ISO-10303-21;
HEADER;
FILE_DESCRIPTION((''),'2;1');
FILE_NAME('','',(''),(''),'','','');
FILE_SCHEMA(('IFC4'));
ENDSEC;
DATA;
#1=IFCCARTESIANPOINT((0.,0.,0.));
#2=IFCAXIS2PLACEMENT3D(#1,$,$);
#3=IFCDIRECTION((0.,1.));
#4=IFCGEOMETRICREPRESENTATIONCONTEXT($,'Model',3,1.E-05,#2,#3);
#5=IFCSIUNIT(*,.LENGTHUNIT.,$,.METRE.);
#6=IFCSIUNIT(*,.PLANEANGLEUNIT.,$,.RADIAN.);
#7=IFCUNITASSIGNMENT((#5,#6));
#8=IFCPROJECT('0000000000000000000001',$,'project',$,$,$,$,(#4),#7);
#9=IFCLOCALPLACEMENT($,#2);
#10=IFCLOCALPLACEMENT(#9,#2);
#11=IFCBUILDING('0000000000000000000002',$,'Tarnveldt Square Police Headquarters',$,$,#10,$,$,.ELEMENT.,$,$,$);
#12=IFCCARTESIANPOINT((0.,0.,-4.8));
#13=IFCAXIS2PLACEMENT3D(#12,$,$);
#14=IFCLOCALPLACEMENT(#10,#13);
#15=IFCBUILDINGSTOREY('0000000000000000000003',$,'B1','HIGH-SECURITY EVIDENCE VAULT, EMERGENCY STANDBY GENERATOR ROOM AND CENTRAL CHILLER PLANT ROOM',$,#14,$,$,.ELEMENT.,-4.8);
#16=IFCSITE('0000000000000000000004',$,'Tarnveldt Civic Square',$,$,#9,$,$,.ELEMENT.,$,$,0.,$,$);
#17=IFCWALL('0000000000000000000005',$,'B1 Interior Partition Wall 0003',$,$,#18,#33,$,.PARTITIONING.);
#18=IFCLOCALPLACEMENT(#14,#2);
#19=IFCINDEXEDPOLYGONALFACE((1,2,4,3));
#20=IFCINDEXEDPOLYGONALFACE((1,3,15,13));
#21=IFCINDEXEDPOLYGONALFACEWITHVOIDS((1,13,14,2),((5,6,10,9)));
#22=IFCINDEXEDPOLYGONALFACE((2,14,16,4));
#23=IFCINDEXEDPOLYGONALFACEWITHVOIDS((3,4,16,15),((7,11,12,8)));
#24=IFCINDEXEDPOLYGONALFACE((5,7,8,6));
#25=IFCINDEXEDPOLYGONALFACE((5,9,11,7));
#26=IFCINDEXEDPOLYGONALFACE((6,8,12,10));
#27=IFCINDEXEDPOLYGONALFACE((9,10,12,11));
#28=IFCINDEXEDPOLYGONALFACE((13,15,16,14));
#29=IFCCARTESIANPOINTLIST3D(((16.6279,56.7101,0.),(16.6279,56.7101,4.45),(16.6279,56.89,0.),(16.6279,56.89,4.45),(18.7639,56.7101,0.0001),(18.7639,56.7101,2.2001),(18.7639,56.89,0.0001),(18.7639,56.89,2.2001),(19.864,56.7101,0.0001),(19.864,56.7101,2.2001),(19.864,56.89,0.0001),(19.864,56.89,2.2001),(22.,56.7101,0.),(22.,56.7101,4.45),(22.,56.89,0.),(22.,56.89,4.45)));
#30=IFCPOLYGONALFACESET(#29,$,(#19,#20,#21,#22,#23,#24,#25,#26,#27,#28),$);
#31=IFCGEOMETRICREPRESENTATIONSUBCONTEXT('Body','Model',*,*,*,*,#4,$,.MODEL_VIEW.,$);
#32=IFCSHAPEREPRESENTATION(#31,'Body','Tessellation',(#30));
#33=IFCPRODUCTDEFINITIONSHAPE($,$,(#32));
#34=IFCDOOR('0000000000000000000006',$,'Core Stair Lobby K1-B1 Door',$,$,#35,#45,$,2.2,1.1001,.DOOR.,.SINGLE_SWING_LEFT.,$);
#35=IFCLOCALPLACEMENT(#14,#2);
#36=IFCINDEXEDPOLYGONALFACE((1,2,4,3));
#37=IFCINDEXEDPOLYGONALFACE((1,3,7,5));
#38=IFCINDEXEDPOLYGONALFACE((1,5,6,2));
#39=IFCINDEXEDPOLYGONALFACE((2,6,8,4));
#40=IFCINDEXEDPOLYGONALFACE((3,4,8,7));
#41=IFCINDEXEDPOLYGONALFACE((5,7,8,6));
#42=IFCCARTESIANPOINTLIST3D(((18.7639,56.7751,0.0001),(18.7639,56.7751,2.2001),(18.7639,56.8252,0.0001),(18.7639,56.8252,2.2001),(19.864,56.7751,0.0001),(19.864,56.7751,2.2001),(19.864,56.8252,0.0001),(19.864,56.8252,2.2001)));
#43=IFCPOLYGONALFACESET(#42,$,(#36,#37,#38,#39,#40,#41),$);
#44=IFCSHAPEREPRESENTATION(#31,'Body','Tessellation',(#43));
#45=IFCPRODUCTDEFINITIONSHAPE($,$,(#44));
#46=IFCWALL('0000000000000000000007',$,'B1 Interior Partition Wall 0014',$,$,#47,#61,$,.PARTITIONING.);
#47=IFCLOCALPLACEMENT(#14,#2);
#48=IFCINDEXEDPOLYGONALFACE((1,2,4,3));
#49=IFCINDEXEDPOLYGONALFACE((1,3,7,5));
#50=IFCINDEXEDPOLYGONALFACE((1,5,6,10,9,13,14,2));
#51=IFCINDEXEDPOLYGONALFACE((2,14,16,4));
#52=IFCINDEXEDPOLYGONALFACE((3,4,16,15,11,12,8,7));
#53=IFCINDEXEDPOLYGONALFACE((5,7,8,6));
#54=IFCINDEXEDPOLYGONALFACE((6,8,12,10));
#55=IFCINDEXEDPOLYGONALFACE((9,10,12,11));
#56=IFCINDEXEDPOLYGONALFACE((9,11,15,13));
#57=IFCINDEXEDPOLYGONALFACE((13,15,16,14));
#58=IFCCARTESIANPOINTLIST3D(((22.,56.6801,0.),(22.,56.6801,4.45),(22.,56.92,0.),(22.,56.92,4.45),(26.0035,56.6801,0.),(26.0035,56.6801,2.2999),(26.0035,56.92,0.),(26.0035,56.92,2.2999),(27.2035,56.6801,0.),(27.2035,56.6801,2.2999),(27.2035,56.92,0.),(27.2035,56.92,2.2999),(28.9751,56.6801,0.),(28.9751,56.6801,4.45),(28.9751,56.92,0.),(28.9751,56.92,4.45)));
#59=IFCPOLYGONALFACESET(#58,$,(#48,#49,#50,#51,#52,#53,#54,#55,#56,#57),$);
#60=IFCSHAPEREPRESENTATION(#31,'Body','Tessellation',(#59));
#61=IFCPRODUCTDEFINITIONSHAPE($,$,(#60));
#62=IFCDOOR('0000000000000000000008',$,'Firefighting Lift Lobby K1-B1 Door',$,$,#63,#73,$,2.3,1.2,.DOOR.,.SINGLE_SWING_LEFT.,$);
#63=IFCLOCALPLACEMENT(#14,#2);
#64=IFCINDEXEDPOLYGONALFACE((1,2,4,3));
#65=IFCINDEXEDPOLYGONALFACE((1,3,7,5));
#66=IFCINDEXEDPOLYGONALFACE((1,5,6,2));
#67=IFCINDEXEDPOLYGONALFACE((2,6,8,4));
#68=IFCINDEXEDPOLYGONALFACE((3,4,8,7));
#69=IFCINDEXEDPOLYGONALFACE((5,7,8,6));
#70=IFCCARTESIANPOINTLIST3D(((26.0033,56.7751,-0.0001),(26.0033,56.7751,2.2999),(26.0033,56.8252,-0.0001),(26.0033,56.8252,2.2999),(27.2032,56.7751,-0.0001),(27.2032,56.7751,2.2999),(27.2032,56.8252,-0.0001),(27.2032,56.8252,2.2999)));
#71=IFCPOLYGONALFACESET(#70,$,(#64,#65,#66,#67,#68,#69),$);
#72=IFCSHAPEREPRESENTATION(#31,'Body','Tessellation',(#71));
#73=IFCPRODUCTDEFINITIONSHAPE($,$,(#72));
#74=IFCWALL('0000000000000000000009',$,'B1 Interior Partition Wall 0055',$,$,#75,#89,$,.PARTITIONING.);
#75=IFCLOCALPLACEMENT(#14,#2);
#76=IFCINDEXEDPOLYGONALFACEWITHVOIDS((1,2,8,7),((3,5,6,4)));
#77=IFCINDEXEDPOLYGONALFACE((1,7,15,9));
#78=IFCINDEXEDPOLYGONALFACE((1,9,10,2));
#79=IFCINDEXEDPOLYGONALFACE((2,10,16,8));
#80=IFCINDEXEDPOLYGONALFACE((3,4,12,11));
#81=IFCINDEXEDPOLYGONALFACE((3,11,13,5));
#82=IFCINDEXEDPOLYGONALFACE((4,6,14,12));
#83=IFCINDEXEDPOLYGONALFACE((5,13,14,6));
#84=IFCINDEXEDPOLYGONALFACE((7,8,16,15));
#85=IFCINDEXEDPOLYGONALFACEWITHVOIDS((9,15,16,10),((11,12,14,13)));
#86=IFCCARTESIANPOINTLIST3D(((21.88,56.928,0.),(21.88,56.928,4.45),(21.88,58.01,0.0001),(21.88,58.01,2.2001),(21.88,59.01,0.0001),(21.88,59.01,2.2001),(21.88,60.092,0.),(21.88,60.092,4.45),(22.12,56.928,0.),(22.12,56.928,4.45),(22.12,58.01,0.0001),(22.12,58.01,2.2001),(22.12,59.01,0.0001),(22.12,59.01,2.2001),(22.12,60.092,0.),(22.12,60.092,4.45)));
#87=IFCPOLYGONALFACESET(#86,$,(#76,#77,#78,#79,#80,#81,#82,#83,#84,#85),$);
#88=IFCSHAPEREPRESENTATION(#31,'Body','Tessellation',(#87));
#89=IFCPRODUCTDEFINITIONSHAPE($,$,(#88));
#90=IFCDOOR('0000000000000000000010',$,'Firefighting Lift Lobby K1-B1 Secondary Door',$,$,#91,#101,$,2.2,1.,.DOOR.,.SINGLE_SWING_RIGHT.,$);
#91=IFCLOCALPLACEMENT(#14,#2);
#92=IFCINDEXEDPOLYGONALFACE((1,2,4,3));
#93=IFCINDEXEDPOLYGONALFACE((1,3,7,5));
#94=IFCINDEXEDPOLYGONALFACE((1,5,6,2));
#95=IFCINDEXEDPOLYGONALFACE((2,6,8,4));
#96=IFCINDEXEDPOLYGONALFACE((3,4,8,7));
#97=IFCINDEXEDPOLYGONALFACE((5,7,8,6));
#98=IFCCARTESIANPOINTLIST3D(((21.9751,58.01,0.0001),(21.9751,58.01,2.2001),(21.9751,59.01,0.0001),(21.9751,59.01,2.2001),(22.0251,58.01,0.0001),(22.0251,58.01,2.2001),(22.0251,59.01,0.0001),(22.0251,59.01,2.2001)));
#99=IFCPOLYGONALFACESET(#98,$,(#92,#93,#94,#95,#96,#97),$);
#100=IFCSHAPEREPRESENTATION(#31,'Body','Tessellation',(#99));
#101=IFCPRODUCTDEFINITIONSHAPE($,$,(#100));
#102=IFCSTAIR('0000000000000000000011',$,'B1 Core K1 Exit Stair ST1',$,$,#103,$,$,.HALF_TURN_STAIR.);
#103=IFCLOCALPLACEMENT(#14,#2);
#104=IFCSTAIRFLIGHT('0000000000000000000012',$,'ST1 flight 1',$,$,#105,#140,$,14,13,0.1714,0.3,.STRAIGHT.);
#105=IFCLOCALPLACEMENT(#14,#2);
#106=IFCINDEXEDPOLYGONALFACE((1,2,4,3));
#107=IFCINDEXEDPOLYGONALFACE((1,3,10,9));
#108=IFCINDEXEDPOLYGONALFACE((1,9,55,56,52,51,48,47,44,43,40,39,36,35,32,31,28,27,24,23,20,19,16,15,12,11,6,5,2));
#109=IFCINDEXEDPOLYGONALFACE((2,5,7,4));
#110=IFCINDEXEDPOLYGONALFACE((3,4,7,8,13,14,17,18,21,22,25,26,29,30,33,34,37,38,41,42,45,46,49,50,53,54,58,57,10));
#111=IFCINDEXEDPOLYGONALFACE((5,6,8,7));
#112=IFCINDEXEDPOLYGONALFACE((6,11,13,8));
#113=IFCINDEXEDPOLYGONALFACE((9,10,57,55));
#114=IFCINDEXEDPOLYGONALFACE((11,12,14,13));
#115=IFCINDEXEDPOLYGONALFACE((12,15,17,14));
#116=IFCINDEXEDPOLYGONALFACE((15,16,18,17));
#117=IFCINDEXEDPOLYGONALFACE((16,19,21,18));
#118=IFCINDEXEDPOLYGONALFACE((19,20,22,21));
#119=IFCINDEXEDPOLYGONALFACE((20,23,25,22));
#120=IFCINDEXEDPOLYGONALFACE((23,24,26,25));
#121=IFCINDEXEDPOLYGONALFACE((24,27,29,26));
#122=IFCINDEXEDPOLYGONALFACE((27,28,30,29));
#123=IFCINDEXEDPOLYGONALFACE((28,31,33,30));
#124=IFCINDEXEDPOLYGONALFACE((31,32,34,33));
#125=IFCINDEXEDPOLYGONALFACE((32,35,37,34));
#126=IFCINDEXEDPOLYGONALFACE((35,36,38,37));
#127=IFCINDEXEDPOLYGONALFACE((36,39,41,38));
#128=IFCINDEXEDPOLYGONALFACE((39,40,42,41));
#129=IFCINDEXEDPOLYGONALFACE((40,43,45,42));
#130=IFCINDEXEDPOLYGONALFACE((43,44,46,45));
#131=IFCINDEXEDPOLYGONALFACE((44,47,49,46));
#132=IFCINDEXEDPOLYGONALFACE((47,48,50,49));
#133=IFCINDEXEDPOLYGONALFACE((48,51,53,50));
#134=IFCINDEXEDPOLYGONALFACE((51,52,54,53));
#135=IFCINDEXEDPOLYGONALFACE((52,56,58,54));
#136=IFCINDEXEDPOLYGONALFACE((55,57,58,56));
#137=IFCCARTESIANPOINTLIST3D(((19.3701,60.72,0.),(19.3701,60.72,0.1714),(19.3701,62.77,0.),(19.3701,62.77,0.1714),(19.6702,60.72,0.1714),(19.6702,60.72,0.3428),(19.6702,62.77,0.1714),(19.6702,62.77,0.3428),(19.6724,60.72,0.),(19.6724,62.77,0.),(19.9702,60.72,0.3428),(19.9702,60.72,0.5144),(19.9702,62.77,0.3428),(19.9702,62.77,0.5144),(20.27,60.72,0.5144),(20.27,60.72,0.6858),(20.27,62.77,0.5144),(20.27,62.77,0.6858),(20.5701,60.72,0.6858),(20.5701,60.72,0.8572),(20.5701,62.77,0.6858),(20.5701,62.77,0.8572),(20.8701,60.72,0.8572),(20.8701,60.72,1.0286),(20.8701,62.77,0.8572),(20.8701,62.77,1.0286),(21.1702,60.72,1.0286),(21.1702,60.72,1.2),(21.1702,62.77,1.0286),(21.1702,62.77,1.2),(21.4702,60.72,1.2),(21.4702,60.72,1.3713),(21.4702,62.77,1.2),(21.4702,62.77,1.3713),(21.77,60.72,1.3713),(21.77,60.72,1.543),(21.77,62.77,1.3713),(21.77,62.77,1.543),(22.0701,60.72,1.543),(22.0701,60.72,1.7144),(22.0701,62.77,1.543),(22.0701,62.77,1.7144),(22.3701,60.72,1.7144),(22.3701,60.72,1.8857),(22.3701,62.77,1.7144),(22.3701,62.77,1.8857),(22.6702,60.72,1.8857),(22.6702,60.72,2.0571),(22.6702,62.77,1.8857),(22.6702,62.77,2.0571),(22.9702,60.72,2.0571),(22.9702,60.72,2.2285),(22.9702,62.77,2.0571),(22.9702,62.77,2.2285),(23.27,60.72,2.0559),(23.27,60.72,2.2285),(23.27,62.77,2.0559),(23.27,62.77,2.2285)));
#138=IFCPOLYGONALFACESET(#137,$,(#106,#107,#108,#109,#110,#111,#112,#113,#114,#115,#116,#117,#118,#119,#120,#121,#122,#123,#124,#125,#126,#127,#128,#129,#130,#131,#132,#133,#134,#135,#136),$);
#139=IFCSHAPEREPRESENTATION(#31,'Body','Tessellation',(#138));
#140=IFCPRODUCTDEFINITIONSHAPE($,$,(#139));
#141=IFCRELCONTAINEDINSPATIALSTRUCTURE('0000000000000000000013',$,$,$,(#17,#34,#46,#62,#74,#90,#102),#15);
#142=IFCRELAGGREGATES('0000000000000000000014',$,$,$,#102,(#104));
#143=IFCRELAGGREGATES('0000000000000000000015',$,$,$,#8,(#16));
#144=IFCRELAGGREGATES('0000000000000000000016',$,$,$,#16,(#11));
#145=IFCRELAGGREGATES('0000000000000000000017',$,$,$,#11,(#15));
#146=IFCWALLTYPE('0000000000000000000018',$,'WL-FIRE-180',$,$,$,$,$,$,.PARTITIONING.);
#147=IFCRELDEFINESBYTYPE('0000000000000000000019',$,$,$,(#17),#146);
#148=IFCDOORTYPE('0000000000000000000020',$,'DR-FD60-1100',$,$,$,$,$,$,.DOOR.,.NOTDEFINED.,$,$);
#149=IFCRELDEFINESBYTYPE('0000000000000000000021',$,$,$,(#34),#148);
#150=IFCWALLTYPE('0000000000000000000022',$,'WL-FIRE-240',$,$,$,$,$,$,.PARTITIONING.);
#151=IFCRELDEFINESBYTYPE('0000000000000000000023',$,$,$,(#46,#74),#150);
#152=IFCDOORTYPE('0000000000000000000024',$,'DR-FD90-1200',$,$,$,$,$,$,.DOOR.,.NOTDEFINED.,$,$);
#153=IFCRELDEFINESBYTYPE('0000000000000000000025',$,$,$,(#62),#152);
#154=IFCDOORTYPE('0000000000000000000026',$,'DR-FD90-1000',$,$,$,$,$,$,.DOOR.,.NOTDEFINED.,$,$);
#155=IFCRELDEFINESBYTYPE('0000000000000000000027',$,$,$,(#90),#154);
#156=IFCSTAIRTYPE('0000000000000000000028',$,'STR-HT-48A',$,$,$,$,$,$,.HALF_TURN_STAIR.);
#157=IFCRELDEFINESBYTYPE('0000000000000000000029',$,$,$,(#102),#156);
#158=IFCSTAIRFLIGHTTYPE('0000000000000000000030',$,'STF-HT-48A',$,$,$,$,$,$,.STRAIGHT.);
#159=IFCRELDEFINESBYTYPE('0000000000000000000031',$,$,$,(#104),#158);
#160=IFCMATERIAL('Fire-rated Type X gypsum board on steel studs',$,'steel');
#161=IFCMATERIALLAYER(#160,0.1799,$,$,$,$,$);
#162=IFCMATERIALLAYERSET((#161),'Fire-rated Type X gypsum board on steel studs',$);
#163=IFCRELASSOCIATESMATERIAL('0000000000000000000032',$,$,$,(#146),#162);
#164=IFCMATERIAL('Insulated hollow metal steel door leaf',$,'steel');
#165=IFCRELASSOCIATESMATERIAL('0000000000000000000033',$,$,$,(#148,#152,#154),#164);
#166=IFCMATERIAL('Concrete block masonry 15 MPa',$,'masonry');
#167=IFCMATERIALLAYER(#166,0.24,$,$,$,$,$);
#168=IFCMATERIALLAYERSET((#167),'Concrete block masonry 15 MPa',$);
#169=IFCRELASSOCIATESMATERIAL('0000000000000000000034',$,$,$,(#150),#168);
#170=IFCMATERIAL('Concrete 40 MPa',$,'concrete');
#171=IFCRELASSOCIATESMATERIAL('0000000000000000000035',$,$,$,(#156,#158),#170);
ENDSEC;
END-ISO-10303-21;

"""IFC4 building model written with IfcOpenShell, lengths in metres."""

from ifc_helpers import new_model, si_unit, direction, frame, frame_2d, origin, place, context, subcontext, project, spatial, polyline, rectangle, outline, extrude, material, layer, layer_set, type_object, element, fill, aggregate, save


model = new_model("IFC4")

# Units and contexts
model_context = context("Model", 3, precision=1e-05, world=origin(), true_north=direction((0.0, 1.0)))
body_context = subcontext(model_context, "Body", "Model", "MODEL_VIEW")
ifc_project = project(units=[si_unit("LENGTHUNIT", "METRE"), si_unit("PLANEANGLEUNIT", "RADIAN")], contexts=[model_context])

# Site, building, storey
site_placement = place(None, origin())
site = spatial("IfcSite", under=ifc_project, at=site_placement, Name="Tarnveldt Civic Square", CompositionType="ELEMENT", RefElevation=0.0)
building_placement = place(site_placement, origin())
building = spatial("IfcBuilding", under=site, at=building_placement, Name="Tarnveldt Square Police Headquarters", CompositionType="ELEMENT")
storey_placement = place(building_placement, frame((0.0, 0.0, -4.8)))
storey = spatial("IfcBuildingStorey", under=building, at=storey_placement, Name="B1", Description="HIGH-SECURITY EVIDENCE VAULT, EMERGENCY STANDBY GENERATOR ROOM AND CENTRAL CHILLER PLANT ROOM", CompositionType="ELEMENT", Elevation=-4.8)

# Shared definitions
ifc_material_1 = material(Name="Insulated hollow metal steel door leaf", Category="steel")

# Walls, openings, doors
ifc_material_2 = material(Name="Fire-rated Type X gypsum board on steel studs", Category="steel")
ifc_layer_1 = layer(ifc_material_2, 0.1799)
ifc_layer_set_1 = layer_set([ifc_layer_1], Name="Fire-rated Type X gypsum board on steel studs")
wall_type_1 = type_object("IfcWallType", Name="WL-FIRE-180", PredefinedType="PARTITIONING", material=ifc_layer_set_1)
wall_1_placement = place(storey_placement, frame((16.6279, 56.8, 0.0), z_axis=(0.0, 0.0, 1.0), x_axis=(1.0, 0.0, 0.0)))
wall_1 = element("IfcWall", 1, at=wall_1_placement, inside=storey, type_object=wall_type_1, Name="B1 Interior Partition Wall 0003", PredefinedType="PARTITIONING", context=body_context, shape_type="SweptSolid", body=[
    extrude(rectangle(XDim=5.3721, YDim=0.1799, at=frame_2d((2.686, 0.0))), origin(), (0.0, 0.0, 1.0), 4.45),
])
opening_1_placement = place(wall_1_placement, frame((2.136, 0.0, 0.0)))
opening_1 = element("IfcOpeningElement", 2, at=opening_1_placement, cuts=wall_1, PredefinedType="OPENING", context=body_context, shape_type="SweptSolid", body=[
    extrude(rectangle(XDim=1.1001, YDim=2.2, at=frame_2d((0.55, 1.1001))), frame((0.0, 0.0999, 0.0), z_axis=(0.0, -1.0, 0.0), x_axis=(1.0, 0.0, 0.0)), (0.0, 0.0, 1.0), 0.2),
])
door_type_1 = type_object("IfcDoorType", Name="DR-FD60-1100", OperationType="NOTDEFINED", PredefinedType="DOOR", material=ifc_material_1)
door_1_placement = place(opening_1_placement, frame((1.1001, 0.0, 0.0), z_axis=(0.0, 0.0, 1.0), x_axis=(-1.0, 0.0, 0.0)))
door_1 = element("IfcDoor", 3, at=door_1_placement, inside=storey, type_object=door_type_1, Name="Core Stair Lobby K1-B1 Door", OperationType="SINGLE_SWING_LEFT", OverallHeight=2.2, OverallWidth=1.1001, PredefinedType="DOOR", context=body_context, shape_type="SweptSolid", body=[
    extrude(rectangle(XDim=1.1001, YDim=2.2, at=frame_2d((0.55, 1.1001))), frame((0.0, 0.0249, 0.0), z_axis=(0.0, -1.0, 0.0), x_axis=(1.0, 0.0, 0.0)), (0.0, 0.0, 1.0), 0.05),
])
fill(opening_1, door_1)
ifc_material_3 = material(Name="Concrete block masonry 15 MPa", Category="masonry")
ifc_layer_2 = layer(ifc_material_3, 0.24)
ifc_layer_set_2 = layer_set([ifc_layer_2], Name="Concrete block masonry 15 MPa")
wall_type_2 = type_object("IfcWallType", Name="WL-FIRE-240", PredefinedType="PARTITIONING", material=ifc_layer_set_2)
wall_2_placement = place(storey_placement, frame((22.0, 56.8, 0.0), z_axis=(0.0, 0.0, 1.0), x_axis=(1.0, 0.0, 0.0)))
wall_2 = element("IfcWall", 4, at=wall_2_placement, inside=storey, type_object=wall_type_2, Name="B1 Interior Partition Wall 0014", PredefinedType="PARTITIONING", context=body_context, shape_type="SweptSolid", body=[
    extrude(rectangle(XDim=6.9751, YDim=0.24, at=frame_2d((3.4875, 0.0))), origin(), (0.0, 0.0, 1.0), 4.45),
])
opening_2_placement = place(wall_2_placement, frame((4.0034, 0.0, 0.0)))
opening_2 = element("IfcOpeningElement", 5, at=opening_2_placement, cuts=wall_2, PredefinedType="OPENING", context=body_context, shape_type="SweptSolid", body=[
    extrude(rectangle(XDim=1.2, YDim=2.3, at=frame_2d((0.6001, 1.1499))), frame((0.0, 0.1299, 0.0), z_axis=(0.0, -1.0, 0.0), x_axis=(1.0, 0.0, 0.0)), (0.0, 0.0, 1.0), 0.26),
])
door_type_2 = type_object("IfcDoorType", Name="DR-FD90-1200", OperationType="NOTDEFINED", PredefinedType="DOOR", material=ifc_material_1)
door_2_placement = place(opening_2_placement, frame((1.2, 0.0, 0.0), z_axis=(0.0, 0.0, 1.0), x_axis=(-1.0, 0.0, 0.0)))
door_2 = element("IfcDoor", 6, at=door_2_placement, inside=storey, type_object=door_type_2, Name="Firefighting Lift Lobby K1-B1 Door", OperationType="SINGLE_SWING_LEFT", OverallHeight=2.3, OverallWidth=1.2, PredefinedType="DOOR", context=body_context, shape_type="SweptSolid", body=[
    extrude(rectangle(XDim=1.2, YDim=2.3, at=frame_2d((0.6001, 1.1499))), frame((0.0, 0.0249, 0.0), z_axis=(0.0, -1.0, 0.0), x_axis=(1.0, 0.0, 0.0)), (0.0, 0.0, 1.0), 0.05),
])
fill(opening_2, door_2)
wall_3_placement = place(storey_placement, frame((22.0, 56.928, 0.0), z_axis=(0.0, 0.0, 1.0), x_axis=(0.0, 1.0, 0.0)))
wall_3 = element("IfcWall", 7, at=wall_3_placement, inside=storey, type_object=wall_type_2, Name="B1 Interior Partition Wall 0055", PredefinedType="PARTITIONING", context=body_context, shape_type="SweptSolid", body=[
    extrude(rectangle(XDim=3.1641, YDim=0.24, at=frame_2d((1.582, 0.0))), origin(), (0.0, 0.0, 1.0), 4.45),
])
opening_3_placement = place(wall_3_placement, frame((1.082, 0.0, 0.0)))
opening_3 = element("IfcOpeningElement", 8, at=opening_3_placement, cuts=wall_3, PredefinedType="OPENING", context=body_context, shape_type="SweptSolid", body=[
    extrude(rectangle(XDim=1.0, YDim=2.2, at=frame_2d((0.5, 1.1001))), frame((0.0, 0.1299, 0.0), z_axis=(0.0, -1.0, 0.0), x_axis=(1.0, 0.0, 0.0)), (0.0, 0.0, 1.0), 0.26),
])
door_type_3 = type_object("IfcDoorType", Name="DR-FD90-1000", OperationType="NOTDEFINED", PredefinedType="DOOR", material=ifc_material_1)
door_3_placement = place(opening_3_placement, origin())
door_3 = element("IfcDoor", 9, at=door_3_placement, inside=storey, type_object=door_type_3, Name="Firefighting Lift Lobby K1-B1 Secondary Door", OperationType="SINGLE_SWING_RIGHT", OverallHeight=2.2, OverallWidth=1.0, PredefinedType="DOOR", context=body_context, shape_type="SweptSolid", body=[
    extrude(rectangle(XDim=1.0, YDim=2.2, at=frame_2d((0.5, 1.1001))), frame((0.0, 0.0249, 0.0), z_axis=(0.0, -1.0, 0.0), x_axis=(1.0, 0.0, 0.0)), (0.0, 0.0, 1.0), 0.05),
])
fill(opening_3, door_3)

# Stair, stair flight
ifc_material_4 = material(Name="Concrete 40 MPa", Category="concrete")
stair_type = type_object("IfcStairType", Name="STR-HT-48A", PredefinedType="HALF_TURN_STAIR", material=ifc_material_4)
stair_placement = place(storey_placement, origin())
stair = element("IfcStair", 10, at=stair_placement, inside=storey, type_object=stair_type, Name="B1 Core K1 Exit Stair ST1", PredefinedType="HALF_TURN_STAIR")
stair_flight_type = type_object("IfcStairFlightType", Name="STF-HT-48A", PredefinedType="STRAIGHT", material=ifc_material_4)
stair_flight_1_placement = place(storey_placement, frame((19.3701, 61.7451, 0.0), z_axis=(0.0, 0.0, 1.0), x_axis=(1.0, 0.0, 0.0)))
stair_flight_1 = element("IfcStairFlight", 11, at=stair_flight_1_placement, type_object=stair_flight_type, Name="ST1 flight 1", NumberOfRisers=14, NumberOfTreads=13, PredefinedType="STRAIGHT", RiserHeight=0.1714, TreadLength=0.3, context=body_context, shape_type="SweptSolid", body=[
    extrude(outline(polyline([(0.0, 0.0), (0.0, 0.1714), (0.3, 0.1714), (0.3, 0.3428), (0.6001, 0.3428), (0.6001, 0.5144), (0.8999, 0.5144), (0.8999, 0.6858), (1.2, 0.6858), (1.2, 0.8572), (1.5, 0.8572), (1.5, 1.0286), (1.8, 1.0286), (1.8, 1.2), (2.1001, 1.2), (2.1001, 1.3713), (2.3999, 1.3713), (2.3999, 1.543), (2.7, 1.543), (2.7, 1.7144), (3.0, 1.7144), (3.0, 1.8857), (3.3, 1.8857), (3.3, 2.0571), (3.6001, 2.0571), (3.6001, 2.2285), (3.8999, 2.2285), (3.8999, 2.3999), (3.8999, 2.0559), (0.3022, 0.0), (0.0, 0.0)])), frame((0.0, 1.0249, 0.0), z_axis=(0.0, -1.0, 0.0), x_axis=(1.0, 0.0, 0.0)), (0.0, 0.0, 1.0), 2.05),
])
aggregate(stair, [stair_flight_1])

save(model, "model.ifc")
